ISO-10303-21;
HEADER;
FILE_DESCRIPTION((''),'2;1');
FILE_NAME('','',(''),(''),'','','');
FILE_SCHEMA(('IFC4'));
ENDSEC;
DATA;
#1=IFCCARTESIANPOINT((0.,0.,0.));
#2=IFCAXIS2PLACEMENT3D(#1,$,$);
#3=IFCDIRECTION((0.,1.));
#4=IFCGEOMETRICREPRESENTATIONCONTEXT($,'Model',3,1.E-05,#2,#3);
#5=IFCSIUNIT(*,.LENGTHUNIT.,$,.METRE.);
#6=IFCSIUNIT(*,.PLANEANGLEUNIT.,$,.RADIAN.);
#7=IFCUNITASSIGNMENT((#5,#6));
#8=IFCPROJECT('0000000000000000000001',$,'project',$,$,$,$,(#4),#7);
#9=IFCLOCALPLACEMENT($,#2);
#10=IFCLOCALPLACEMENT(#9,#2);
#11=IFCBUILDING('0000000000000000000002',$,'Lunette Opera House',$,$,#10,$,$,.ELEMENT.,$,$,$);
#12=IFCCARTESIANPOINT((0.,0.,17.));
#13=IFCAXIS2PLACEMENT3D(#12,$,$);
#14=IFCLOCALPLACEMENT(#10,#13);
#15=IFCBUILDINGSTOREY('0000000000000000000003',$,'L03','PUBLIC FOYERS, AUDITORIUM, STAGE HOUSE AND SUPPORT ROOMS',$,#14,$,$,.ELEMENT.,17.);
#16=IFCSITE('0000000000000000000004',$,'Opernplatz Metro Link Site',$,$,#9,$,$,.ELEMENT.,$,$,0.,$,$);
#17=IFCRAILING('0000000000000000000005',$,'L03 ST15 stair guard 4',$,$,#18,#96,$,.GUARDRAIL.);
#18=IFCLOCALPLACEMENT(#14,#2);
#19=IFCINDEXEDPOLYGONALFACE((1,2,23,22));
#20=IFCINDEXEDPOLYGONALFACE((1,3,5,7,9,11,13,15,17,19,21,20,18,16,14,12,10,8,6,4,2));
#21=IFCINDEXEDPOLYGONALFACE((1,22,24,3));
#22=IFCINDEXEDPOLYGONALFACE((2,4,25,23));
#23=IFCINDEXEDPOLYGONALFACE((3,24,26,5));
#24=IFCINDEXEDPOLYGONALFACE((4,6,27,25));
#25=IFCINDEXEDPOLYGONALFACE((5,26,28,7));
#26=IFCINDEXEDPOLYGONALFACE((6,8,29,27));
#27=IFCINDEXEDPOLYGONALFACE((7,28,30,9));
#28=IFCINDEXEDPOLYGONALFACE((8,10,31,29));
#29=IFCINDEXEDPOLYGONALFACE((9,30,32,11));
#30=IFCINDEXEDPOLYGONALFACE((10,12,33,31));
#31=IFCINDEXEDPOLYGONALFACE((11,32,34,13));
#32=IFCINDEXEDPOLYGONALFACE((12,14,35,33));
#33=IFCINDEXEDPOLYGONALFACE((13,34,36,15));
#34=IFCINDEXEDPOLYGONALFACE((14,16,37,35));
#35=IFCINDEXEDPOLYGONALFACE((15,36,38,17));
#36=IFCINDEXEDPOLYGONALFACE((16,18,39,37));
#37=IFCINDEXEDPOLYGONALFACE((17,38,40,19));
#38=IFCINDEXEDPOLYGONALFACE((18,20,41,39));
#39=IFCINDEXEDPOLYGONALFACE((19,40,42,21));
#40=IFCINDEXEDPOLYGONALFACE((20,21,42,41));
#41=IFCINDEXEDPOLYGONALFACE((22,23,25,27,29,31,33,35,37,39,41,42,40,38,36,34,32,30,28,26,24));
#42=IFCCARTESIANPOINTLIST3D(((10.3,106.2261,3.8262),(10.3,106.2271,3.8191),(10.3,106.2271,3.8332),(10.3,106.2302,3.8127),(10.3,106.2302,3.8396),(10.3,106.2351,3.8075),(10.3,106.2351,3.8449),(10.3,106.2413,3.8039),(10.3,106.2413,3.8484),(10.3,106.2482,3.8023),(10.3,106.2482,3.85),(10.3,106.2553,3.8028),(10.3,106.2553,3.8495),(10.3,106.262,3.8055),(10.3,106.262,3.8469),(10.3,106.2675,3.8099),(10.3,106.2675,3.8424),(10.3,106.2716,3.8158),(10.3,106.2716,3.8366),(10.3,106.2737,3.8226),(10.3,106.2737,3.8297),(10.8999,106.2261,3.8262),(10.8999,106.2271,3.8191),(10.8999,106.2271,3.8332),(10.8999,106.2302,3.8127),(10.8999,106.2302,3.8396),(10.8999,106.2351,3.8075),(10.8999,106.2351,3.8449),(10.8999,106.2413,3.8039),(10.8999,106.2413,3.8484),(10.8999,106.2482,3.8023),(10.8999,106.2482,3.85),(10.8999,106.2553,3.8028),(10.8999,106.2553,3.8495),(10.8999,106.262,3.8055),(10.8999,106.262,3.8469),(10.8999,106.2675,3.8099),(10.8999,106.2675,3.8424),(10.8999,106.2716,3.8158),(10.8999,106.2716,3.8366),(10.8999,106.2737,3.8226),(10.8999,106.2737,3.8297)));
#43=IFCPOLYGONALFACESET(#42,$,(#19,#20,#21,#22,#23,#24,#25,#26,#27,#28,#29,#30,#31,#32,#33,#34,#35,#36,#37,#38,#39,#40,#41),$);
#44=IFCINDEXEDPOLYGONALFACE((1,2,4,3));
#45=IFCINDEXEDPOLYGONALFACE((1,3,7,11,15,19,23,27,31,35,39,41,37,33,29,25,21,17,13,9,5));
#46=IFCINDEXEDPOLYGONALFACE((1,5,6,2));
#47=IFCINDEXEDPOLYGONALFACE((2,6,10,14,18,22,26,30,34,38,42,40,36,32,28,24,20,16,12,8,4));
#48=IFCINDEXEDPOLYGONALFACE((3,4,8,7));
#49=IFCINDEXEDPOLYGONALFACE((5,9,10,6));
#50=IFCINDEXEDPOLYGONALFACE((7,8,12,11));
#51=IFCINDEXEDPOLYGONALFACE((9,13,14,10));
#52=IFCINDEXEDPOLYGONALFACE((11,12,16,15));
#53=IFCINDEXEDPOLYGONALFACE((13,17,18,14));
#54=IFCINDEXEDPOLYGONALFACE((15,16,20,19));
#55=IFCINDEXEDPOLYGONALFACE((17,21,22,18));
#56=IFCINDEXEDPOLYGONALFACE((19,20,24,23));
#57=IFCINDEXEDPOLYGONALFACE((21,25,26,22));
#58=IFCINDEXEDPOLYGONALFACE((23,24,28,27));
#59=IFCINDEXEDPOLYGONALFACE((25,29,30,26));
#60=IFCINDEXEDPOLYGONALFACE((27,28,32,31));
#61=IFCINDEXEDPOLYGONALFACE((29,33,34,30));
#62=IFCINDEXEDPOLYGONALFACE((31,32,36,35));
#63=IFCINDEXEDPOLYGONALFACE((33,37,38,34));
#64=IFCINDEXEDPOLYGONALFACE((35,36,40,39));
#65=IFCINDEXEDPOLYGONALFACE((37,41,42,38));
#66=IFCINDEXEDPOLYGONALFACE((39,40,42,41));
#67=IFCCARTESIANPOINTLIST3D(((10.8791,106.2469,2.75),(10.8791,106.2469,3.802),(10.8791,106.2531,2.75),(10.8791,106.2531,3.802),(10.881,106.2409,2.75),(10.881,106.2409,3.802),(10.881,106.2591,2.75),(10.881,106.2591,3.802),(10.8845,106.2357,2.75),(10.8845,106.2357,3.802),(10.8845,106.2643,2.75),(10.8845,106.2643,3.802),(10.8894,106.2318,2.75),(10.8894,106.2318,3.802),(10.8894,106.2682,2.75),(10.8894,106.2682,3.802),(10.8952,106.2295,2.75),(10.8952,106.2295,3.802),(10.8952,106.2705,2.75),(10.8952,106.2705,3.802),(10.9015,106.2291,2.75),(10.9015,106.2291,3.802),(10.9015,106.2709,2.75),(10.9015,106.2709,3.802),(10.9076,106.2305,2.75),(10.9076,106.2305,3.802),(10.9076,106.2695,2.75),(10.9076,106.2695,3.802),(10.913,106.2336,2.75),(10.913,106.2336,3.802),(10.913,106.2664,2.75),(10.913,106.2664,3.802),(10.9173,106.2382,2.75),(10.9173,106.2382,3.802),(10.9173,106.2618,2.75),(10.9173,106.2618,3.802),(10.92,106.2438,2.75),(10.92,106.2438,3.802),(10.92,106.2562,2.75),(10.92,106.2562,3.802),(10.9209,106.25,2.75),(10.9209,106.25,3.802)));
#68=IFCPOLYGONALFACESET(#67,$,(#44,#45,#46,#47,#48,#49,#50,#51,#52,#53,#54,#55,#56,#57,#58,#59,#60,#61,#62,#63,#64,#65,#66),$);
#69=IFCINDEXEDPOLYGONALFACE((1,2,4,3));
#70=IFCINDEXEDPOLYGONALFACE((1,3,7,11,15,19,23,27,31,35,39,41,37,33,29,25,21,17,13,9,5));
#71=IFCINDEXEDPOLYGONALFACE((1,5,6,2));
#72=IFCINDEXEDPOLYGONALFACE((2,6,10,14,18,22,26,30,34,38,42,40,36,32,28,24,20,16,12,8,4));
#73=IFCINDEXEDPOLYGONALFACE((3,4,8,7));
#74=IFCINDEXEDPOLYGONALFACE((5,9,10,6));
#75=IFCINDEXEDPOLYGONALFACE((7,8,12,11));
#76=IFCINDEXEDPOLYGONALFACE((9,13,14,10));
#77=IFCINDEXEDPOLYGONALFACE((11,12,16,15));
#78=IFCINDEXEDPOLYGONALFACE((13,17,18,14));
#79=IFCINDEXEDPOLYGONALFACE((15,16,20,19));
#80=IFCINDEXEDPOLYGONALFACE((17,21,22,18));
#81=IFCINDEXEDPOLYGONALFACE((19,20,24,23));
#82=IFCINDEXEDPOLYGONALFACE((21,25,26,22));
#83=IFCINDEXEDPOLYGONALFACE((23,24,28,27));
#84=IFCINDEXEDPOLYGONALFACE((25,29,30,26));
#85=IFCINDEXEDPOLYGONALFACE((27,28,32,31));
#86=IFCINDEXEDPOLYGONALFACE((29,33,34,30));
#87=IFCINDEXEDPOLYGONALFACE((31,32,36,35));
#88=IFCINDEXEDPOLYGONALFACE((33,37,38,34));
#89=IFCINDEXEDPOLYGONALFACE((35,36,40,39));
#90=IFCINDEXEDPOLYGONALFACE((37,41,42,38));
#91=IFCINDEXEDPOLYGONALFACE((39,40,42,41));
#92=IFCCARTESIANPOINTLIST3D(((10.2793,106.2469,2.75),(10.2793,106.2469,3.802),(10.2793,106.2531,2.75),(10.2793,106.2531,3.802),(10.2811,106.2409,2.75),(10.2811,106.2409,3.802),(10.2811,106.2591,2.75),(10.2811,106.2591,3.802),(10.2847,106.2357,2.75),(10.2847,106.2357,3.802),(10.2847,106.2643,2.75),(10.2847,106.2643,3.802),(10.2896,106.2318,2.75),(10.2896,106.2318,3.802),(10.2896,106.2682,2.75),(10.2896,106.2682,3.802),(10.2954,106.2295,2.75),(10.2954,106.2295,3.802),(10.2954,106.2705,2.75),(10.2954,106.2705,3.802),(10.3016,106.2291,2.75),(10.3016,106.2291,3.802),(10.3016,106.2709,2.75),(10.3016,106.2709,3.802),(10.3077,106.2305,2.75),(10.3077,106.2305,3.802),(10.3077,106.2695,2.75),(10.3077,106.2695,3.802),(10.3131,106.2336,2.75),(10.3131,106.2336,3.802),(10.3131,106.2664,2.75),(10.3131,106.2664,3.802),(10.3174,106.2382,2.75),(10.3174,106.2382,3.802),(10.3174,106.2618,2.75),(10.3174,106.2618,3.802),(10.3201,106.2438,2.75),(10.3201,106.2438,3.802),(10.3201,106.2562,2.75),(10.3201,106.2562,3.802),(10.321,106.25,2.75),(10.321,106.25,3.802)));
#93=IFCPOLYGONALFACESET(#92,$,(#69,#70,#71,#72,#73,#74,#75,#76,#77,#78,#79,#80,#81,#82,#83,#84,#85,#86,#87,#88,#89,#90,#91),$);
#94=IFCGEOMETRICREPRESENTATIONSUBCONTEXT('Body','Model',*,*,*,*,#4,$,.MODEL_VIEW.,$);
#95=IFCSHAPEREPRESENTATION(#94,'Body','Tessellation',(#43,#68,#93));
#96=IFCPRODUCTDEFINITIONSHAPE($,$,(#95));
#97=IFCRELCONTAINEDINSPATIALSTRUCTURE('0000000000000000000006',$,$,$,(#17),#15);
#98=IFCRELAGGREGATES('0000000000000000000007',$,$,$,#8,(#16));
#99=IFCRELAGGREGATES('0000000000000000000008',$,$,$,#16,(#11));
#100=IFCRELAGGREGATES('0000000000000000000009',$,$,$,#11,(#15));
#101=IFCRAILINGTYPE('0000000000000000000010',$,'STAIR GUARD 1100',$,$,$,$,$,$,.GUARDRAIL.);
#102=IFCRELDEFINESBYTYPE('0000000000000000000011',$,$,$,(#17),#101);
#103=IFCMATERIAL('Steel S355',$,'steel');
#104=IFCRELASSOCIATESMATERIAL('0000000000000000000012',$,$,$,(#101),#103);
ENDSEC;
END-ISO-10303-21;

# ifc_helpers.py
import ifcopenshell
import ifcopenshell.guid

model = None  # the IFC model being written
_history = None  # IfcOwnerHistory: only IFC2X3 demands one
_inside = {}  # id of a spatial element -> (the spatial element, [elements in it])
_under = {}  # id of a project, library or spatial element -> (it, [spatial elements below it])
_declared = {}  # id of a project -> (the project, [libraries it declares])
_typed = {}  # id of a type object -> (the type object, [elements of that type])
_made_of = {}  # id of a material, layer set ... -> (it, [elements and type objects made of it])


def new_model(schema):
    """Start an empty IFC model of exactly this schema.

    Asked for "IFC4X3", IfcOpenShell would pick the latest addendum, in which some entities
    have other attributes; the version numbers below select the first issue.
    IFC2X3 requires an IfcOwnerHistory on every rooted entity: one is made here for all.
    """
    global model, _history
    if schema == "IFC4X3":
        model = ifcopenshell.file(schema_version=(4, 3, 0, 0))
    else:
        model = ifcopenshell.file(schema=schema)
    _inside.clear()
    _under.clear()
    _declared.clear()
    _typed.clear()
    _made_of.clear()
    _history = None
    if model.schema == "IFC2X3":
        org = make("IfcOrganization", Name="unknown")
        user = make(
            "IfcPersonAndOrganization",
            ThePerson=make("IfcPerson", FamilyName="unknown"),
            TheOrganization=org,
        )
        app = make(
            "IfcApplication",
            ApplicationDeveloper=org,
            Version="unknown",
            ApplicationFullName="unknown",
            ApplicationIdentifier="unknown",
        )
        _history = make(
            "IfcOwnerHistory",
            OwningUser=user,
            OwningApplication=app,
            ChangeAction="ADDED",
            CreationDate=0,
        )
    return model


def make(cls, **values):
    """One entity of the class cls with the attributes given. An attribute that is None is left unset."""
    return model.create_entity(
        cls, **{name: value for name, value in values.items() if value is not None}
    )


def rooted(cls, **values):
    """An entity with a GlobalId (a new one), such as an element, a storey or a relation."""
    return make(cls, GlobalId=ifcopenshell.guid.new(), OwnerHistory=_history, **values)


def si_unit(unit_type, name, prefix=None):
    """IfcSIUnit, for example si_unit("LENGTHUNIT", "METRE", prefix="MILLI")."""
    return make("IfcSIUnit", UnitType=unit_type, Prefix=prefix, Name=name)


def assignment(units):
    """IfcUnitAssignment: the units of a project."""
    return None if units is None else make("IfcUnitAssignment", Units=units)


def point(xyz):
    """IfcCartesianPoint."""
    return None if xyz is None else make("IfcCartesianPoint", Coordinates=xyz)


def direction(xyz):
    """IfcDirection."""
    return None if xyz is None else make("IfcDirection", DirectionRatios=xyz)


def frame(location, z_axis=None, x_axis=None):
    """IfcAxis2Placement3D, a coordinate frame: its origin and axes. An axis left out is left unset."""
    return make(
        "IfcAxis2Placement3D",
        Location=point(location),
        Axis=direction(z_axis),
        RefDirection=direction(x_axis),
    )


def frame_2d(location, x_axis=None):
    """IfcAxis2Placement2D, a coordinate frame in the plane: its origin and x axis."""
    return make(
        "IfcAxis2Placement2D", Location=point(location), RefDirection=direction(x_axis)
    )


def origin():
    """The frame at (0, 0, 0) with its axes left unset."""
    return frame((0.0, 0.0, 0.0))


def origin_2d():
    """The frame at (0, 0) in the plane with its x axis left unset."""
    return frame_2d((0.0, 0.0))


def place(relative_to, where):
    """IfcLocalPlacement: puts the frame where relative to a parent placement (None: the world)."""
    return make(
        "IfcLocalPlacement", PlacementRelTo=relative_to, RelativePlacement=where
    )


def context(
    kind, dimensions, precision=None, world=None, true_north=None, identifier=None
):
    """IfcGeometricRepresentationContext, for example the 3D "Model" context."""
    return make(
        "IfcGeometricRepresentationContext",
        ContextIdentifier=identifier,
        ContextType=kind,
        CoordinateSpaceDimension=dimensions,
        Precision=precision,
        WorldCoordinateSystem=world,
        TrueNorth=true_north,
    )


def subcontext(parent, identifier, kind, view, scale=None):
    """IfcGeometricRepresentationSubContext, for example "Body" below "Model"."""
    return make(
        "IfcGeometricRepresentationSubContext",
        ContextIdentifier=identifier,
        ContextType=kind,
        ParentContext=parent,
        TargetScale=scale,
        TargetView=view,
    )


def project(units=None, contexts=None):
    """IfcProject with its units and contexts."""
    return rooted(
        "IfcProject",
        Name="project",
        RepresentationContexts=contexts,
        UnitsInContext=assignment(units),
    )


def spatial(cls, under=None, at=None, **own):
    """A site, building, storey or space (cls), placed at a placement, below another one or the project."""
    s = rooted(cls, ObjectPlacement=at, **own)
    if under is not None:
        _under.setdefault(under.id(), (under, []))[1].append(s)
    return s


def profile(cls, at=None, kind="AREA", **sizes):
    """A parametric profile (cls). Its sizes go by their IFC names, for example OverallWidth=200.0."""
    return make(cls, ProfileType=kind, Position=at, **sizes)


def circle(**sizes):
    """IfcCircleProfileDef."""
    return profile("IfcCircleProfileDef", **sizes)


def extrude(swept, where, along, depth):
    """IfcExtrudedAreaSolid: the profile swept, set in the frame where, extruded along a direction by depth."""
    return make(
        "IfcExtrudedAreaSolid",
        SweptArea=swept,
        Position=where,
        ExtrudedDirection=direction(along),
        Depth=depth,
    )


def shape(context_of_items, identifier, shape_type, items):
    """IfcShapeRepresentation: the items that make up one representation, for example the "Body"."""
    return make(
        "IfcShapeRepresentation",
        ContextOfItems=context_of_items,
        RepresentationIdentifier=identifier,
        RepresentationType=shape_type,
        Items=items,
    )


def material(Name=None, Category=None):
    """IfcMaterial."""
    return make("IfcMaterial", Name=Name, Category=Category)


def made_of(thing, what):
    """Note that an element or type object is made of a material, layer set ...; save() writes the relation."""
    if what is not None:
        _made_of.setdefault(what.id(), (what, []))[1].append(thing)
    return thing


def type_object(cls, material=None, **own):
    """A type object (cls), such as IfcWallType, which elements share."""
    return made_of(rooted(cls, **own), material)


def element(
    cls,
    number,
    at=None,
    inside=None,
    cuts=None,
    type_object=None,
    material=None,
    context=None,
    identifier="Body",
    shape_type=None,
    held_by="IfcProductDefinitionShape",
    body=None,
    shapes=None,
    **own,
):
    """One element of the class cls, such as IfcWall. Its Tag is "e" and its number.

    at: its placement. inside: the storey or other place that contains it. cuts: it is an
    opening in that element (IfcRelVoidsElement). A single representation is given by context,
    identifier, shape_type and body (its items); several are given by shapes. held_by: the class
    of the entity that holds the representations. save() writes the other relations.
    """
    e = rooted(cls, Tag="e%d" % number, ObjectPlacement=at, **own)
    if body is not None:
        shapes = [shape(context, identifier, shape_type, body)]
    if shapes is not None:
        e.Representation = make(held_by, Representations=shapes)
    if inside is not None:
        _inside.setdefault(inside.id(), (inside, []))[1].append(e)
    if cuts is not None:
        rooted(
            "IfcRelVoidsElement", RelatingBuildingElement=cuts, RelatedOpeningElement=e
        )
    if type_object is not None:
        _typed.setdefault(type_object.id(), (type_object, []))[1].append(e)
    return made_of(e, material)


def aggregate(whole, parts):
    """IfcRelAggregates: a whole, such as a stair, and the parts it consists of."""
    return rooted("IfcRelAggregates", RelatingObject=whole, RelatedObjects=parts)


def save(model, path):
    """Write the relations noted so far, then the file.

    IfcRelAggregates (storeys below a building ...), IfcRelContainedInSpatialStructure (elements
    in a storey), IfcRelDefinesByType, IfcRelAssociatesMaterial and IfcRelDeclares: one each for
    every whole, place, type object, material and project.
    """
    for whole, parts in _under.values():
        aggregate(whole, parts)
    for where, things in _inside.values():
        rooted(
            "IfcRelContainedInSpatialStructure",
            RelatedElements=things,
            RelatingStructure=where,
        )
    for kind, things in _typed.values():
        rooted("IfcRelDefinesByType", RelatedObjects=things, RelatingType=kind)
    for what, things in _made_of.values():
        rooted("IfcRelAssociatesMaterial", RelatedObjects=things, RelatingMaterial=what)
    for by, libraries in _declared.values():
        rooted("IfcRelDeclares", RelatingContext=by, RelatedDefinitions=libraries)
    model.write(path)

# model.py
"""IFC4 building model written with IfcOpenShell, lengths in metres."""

from ifc_helpers import new_model, si_unit, direction, frame, origin, origin_2d, place, context, subcontext, project, spatial, circle, extrude, material, type_object, element, save


model = new_model("IFC4")

# Units and contexts
model_context = context("Model", 3, precision=1e-05, world=origin(), true_north=direction((0.0, 1.0)))
body_context = subcontext(model_context, "Body", "Model", "MODEL_VIEW")
ifc_project = project(units=[si_unit("LENGTHUNIT", "METRE"), si_unit("PLANEANGLEUNIT", "RADIAN")], contexts=[model_context])

# Site, building, storey
site_placement = place(None, origin())
site = spatial("IfcSite", under=ifc_project, at=site_placement, Name="Opernplatz Metro Link Site", CompositionType="ELEMENT", RefElevation=0.0)
building_placement = place(site_placement, origin())
building = spatial("IfcBuilding", under=site, at=building_placement, Name="Lunette Opera House", CompositionType="ELEMENT")
storey_placement = place(building_placement, frame((0.0, 0.0, 17.0)))
storey = spatial("IfcBuildingStorey", under=building, at=storey_placement, Name="L03", Description="PUBLIC FOYERS, AUDITORIUM, STAGE HOUSE AND SUPPORT ROOMS", CompositionType="ELEMENT", Elevation=17.0)

# Railing
ifc_material_1 = material(Name="Steel S355", Category="steel")
railing_type_1 = type_object("IfcRailingType", Name="STAIR GUARD 1100", PredefinedType="GUARDRAIL", material=ifc_material_1)
railing_1_placement = place(storey_placement, frame((10.8999, 106.25, 2.75)))
element("IfcRailing", 1, at=railing_1_placement, inside=storey, type_object=railing_type_1, Name="L03 ST15 stair guard 4", PredefinedType="GUARDRAIL", context=body_context, shape_type="SweptSolid", body=[
    extrude(circle(Radius=0.0239, at=origin_2d()), frame((0.0, 0.0, 1.0762), z_axis=(-1.0, 0.0, 0.0), x_axis=(0.0, -1.0, 0.0)), (0.0, 0.0, 1.0), 0.5999),
    extrude(circle(Radius=0.021, at=origin_2d()), origin(), (0.0, 0.0, 1.0), 1.052),
    extrude(circle(Radius=0.021, at=origin_2d()), frame((-0.5999, 0.0, 0.0)), (0.0, 0.0, 1.0), 1.052),
])

save(model, "model.ifc")
